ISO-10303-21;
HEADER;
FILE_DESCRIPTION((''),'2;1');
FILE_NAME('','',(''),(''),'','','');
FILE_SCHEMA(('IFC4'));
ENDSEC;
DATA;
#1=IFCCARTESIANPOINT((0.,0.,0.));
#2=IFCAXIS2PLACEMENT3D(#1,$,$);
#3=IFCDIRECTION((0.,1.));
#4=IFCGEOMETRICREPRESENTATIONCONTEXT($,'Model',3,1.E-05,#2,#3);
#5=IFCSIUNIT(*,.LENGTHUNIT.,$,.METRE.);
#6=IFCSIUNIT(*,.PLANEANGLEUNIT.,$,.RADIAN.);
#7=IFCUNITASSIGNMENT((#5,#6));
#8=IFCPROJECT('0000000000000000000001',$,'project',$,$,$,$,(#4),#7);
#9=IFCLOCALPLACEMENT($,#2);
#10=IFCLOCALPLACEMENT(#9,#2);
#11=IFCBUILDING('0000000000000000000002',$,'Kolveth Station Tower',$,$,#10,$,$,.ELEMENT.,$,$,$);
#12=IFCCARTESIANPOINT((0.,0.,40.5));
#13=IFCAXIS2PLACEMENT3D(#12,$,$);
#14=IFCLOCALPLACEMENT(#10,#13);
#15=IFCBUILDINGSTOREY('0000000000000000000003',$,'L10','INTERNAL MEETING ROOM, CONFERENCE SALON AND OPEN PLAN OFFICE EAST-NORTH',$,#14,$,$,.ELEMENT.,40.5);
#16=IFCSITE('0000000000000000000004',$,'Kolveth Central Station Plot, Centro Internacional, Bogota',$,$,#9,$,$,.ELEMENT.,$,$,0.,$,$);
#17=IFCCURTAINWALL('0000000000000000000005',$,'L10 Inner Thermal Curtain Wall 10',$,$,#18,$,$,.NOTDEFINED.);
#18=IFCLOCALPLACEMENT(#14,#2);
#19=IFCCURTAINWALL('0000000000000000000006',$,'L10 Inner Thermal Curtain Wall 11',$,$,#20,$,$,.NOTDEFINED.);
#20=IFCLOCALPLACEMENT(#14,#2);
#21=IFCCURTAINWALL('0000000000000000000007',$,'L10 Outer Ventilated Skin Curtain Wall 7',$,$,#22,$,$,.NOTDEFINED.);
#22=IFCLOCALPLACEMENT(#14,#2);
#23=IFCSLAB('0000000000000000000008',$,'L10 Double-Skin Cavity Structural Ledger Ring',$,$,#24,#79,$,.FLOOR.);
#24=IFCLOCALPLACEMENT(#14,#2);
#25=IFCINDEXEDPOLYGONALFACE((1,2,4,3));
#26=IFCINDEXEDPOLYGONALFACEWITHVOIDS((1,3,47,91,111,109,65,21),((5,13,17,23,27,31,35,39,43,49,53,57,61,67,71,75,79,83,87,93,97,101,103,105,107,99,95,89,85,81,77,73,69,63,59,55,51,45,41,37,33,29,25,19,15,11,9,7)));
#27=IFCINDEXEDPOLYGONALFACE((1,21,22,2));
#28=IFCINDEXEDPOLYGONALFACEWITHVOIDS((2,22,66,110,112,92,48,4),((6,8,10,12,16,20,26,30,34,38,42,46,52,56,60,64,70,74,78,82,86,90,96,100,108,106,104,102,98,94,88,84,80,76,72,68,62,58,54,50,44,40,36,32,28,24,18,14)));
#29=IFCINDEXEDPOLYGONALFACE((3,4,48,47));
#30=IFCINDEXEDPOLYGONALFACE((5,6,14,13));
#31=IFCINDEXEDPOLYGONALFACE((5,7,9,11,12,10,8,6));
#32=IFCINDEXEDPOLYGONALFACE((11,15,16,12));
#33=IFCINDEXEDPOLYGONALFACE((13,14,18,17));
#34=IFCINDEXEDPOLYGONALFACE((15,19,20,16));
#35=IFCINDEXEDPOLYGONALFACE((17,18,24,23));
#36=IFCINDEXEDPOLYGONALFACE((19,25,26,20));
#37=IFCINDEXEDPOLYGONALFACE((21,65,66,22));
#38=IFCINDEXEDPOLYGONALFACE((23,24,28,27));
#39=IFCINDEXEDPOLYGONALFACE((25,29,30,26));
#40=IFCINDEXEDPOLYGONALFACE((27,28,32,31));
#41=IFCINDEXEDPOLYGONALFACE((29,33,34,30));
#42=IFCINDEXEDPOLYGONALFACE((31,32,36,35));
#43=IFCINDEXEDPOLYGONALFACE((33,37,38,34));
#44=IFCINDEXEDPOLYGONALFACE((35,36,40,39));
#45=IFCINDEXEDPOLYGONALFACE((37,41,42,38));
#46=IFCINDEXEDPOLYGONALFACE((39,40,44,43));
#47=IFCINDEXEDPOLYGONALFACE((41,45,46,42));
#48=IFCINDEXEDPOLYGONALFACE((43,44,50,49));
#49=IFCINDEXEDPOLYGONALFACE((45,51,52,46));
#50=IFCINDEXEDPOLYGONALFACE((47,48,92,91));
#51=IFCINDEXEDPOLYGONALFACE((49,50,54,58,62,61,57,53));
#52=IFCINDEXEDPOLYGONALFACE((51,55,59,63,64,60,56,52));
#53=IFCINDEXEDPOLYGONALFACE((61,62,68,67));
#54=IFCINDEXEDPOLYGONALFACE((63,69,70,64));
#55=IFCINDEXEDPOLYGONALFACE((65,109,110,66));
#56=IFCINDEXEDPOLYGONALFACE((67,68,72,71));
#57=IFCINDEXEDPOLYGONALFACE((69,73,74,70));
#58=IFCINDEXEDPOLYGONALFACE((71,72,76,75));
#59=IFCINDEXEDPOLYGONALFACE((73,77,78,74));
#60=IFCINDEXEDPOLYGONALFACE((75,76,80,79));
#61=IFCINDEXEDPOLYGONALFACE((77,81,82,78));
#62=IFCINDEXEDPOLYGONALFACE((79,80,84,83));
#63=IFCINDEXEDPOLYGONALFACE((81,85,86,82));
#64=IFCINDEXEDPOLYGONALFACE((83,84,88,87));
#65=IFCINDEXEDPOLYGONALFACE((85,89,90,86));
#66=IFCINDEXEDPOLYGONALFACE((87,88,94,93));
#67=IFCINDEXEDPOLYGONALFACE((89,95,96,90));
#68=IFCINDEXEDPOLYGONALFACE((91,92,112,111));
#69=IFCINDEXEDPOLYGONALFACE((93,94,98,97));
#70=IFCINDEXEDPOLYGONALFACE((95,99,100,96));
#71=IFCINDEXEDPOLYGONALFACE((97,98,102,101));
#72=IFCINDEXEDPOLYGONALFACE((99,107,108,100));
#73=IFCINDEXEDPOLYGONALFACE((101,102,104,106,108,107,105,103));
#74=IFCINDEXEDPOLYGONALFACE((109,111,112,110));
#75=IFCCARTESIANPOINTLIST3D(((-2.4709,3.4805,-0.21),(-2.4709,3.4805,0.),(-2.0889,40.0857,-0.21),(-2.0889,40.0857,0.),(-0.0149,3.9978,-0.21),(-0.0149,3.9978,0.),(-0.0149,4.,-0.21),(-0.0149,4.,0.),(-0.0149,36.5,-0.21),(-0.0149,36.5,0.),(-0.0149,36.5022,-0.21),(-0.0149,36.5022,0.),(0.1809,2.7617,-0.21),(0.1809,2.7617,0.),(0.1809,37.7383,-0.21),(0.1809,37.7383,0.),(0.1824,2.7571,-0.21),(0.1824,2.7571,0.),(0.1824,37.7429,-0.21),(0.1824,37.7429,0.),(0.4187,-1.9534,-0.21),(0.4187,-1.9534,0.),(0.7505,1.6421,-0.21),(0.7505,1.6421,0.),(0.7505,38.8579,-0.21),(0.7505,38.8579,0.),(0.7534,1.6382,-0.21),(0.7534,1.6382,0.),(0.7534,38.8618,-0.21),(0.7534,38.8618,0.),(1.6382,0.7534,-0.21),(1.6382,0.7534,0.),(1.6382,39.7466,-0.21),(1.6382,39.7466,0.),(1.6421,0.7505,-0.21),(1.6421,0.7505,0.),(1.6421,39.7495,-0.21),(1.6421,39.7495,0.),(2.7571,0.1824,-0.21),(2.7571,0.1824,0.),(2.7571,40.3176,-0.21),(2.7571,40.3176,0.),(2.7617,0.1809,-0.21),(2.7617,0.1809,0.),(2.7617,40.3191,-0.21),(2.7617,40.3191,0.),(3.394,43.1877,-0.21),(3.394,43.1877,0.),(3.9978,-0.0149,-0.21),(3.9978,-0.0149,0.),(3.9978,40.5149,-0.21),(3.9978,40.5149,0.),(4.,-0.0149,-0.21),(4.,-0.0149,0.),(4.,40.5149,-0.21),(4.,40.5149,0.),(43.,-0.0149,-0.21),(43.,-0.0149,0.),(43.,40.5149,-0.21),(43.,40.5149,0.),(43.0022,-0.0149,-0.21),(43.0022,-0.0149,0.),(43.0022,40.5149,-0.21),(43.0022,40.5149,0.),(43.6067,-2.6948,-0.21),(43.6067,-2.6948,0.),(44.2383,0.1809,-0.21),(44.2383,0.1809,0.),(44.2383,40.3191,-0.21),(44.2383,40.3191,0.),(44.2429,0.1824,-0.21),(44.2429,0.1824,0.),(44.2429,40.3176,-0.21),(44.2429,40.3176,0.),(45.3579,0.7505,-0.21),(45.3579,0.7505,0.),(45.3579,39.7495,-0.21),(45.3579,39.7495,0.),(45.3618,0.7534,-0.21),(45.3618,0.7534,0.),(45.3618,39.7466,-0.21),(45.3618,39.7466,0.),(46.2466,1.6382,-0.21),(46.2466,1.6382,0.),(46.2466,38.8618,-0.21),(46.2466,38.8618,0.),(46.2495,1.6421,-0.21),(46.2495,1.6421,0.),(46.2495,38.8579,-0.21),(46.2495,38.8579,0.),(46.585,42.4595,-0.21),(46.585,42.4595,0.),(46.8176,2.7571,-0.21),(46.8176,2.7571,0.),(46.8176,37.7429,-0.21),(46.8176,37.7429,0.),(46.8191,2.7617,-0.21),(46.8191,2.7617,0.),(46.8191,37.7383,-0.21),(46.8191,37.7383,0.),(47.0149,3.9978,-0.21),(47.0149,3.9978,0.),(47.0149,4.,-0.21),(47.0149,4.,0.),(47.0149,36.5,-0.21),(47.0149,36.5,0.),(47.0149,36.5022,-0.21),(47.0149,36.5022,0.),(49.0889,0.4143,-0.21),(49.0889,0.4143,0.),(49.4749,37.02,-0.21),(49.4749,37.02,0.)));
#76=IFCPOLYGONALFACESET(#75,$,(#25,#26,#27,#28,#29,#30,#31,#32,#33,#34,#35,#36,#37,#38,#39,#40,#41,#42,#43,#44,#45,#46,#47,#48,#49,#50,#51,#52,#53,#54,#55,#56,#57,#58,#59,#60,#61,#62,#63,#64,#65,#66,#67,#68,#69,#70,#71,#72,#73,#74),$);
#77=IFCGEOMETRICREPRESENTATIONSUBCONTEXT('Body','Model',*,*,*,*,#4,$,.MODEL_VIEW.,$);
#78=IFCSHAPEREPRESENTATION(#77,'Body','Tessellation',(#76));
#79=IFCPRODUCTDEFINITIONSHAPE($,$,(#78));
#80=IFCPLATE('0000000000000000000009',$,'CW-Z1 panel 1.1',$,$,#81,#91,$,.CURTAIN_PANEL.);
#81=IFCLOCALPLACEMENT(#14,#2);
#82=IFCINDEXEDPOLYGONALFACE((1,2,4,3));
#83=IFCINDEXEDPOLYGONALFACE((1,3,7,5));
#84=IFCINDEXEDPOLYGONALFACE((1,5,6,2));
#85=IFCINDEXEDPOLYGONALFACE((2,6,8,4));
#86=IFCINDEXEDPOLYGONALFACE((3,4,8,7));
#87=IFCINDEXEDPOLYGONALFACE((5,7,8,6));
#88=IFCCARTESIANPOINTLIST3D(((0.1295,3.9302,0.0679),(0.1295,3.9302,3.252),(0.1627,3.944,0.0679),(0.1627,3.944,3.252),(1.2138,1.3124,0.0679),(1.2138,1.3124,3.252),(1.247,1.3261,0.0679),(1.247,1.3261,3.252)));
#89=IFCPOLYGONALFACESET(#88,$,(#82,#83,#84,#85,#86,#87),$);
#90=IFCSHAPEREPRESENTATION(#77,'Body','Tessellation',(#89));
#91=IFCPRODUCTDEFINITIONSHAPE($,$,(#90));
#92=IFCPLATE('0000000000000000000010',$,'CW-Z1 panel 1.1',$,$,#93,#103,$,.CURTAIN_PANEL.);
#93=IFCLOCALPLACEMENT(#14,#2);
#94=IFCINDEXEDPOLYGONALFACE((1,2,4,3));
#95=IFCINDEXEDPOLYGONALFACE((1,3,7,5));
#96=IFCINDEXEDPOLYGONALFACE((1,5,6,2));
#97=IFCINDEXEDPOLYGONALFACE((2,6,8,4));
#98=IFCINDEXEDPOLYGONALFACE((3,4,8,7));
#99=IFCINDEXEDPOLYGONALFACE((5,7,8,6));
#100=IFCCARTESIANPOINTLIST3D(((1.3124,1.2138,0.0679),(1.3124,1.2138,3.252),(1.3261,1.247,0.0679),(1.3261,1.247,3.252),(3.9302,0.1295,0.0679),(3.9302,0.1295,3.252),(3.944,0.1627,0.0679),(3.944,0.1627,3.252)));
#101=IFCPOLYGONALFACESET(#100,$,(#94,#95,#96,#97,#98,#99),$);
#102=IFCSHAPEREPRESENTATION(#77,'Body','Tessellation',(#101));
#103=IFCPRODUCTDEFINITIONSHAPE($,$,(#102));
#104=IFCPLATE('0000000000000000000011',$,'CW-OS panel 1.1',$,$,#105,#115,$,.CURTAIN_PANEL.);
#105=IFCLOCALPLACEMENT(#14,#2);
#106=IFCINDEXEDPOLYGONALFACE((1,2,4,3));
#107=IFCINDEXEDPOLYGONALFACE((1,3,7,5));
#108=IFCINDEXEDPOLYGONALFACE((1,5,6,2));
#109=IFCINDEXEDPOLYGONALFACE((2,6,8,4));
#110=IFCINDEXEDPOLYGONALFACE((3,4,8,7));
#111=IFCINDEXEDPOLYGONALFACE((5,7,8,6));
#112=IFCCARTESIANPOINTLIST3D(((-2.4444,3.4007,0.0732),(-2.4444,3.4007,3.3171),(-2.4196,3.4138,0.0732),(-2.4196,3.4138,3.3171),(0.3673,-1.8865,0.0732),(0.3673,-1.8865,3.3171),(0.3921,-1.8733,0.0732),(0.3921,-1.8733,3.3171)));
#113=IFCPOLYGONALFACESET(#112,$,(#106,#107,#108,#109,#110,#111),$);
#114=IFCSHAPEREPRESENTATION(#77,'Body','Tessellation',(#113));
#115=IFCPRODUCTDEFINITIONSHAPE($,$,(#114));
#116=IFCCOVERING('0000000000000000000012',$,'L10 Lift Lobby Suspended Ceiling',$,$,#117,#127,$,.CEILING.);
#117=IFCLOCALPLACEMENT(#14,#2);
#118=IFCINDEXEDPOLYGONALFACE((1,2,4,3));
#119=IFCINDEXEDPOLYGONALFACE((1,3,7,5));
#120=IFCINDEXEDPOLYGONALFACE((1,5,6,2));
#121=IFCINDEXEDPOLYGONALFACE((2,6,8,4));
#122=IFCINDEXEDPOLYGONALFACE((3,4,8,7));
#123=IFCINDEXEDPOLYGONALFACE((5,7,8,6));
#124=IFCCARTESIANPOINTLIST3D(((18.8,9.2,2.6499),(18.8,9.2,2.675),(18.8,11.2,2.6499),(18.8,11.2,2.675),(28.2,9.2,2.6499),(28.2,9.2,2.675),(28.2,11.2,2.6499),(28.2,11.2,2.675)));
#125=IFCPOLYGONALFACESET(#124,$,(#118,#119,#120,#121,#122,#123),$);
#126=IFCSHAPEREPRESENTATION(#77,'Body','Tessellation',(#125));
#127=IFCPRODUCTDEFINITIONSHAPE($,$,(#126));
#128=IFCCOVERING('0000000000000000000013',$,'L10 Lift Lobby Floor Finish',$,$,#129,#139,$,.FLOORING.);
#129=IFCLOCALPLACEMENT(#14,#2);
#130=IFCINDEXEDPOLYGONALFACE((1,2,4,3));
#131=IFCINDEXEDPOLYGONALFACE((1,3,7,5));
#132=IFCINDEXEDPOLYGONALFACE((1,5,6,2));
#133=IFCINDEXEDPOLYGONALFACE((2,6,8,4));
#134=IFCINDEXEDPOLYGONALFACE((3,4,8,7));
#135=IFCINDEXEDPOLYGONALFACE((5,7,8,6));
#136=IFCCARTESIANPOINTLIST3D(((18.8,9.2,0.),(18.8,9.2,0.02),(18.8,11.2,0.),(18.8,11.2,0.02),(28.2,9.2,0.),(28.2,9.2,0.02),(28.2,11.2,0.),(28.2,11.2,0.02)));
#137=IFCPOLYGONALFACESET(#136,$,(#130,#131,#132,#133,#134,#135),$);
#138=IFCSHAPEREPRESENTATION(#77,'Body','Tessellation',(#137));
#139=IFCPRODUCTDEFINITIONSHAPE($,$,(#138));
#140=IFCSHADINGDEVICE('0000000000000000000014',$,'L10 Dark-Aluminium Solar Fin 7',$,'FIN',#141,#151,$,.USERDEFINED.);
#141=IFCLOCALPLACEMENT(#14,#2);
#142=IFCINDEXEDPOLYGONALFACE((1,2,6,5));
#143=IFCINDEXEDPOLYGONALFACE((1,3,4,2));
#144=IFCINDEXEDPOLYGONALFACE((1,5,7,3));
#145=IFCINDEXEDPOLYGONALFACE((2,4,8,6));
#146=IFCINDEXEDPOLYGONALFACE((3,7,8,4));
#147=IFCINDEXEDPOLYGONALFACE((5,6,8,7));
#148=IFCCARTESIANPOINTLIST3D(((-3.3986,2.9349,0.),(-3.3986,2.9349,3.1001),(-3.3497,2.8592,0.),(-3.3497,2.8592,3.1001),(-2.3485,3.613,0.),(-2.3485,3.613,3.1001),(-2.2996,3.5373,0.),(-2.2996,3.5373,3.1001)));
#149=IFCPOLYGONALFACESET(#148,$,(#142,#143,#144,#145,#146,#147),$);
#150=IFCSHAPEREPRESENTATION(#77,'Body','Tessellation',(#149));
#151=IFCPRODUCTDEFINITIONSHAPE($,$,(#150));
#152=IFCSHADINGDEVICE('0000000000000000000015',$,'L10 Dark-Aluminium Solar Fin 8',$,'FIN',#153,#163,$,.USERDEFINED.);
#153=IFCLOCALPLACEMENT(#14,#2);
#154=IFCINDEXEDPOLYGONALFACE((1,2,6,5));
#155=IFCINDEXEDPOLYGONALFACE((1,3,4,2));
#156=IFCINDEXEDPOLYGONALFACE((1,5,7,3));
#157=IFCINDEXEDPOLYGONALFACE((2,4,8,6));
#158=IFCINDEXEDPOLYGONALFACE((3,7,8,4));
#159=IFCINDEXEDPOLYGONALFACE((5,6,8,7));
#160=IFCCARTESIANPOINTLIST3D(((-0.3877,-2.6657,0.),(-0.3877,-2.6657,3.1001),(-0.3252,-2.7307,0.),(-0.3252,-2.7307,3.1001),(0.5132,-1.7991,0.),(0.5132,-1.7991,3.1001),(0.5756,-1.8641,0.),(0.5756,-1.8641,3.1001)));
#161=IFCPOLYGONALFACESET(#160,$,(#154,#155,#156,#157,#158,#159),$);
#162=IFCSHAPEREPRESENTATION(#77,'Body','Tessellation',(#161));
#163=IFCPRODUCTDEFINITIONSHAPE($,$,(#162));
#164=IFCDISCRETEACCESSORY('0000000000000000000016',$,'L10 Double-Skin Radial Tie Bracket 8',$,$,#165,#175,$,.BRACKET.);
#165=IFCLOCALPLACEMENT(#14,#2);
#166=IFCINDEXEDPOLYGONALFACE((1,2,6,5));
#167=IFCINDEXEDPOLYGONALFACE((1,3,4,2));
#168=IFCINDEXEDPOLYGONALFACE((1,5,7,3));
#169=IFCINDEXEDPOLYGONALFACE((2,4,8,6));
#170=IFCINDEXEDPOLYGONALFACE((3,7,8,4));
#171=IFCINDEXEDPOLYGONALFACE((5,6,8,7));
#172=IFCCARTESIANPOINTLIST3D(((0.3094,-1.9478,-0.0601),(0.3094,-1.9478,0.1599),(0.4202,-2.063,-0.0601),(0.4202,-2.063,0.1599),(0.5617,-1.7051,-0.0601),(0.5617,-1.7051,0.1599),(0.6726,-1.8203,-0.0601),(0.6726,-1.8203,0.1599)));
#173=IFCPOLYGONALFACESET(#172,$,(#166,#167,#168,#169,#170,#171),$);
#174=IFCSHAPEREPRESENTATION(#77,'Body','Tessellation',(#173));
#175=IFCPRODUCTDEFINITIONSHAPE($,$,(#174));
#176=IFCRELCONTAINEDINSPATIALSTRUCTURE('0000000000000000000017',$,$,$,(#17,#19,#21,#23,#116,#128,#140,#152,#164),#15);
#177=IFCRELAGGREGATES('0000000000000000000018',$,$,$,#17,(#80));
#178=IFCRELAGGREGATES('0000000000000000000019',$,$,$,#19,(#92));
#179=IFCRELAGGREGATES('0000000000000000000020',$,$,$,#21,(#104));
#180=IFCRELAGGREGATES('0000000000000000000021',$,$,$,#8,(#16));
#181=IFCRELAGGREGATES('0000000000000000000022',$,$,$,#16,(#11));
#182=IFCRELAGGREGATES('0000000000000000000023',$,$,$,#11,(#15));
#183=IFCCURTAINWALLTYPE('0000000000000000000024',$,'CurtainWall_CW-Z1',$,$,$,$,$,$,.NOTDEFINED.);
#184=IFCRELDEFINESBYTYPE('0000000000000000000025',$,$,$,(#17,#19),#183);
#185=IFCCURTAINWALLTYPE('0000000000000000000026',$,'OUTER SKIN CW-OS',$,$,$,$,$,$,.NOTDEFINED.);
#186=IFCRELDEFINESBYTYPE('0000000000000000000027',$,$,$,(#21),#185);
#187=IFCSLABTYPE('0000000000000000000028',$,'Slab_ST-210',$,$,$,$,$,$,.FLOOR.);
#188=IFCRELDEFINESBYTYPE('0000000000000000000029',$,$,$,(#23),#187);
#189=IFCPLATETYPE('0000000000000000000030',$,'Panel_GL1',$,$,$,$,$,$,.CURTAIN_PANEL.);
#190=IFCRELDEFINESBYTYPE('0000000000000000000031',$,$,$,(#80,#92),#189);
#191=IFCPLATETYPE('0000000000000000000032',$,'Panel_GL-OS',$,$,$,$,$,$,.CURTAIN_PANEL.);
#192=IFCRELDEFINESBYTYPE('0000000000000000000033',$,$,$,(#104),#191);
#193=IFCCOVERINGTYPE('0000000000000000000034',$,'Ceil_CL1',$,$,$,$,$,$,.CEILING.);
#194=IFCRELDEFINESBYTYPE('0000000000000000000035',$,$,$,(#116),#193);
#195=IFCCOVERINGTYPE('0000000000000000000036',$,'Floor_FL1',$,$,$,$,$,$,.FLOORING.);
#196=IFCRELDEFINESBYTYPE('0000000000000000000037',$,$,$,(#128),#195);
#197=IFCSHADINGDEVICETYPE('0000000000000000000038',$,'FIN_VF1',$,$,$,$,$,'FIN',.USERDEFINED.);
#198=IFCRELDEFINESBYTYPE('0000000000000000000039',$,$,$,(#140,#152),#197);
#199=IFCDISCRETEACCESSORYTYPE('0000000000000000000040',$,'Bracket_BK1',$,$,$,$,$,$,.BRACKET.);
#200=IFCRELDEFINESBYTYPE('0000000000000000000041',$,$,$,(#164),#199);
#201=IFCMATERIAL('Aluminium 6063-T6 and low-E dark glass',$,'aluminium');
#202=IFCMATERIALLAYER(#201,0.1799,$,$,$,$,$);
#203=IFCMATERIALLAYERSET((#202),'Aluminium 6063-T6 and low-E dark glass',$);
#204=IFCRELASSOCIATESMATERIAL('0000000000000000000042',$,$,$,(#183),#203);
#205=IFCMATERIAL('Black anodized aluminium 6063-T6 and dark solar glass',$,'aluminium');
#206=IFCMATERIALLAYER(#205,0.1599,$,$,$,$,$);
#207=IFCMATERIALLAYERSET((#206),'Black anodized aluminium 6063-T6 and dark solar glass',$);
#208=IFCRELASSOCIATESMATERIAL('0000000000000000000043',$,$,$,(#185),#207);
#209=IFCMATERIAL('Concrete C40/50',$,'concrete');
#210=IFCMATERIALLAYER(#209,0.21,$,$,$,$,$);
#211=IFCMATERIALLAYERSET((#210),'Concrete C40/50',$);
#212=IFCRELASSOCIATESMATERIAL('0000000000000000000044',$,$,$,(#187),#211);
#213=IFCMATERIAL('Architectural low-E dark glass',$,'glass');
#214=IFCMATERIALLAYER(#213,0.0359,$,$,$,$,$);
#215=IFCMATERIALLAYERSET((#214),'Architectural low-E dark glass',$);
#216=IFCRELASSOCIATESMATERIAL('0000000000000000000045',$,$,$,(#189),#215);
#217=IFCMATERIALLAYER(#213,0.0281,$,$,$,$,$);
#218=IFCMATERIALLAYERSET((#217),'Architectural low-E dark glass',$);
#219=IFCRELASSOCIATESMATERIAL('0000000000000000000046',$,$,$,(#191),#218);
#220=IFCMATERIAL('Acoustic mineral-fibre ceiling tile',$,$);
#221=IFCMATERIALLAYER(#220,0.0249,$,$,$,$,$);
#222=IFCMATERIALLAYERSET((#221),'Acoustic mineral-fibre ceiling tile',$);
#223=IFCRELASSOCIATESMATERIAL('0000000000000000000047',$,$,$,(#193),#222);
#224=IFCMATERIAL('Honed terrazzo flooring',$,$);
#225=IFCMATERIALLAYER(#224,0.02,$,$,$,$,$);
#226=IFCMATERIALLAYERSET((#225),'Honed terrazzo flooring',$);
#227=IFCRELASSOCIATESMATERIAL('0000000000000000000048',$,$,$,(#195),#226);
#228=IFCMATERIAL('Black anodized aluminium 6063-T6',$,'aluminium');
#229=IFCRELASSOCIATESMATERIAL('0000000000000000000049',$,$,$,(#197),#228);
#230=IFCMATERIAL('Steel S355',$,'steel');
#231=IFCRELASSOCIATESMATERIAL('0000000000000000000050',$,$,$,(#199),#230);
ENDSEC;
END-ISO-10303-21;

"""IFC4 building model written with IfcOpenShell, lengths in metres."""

from ifc_helpers import new_model, si_unit, direction, frame, origin, origin_2d, place, context, subcontext, project, spatial, polyline, rectangle, outline, extrude, source, transform, mapped, material, layer, layer_set, type_object, element, aggregate, save


model = new_model("IFC4")

# Units and contexts
model_context = context("Model", 3, precision=1e-05, world=origin(), true_north=direction((0.0, 1.0)))
body_context = subcontext(model_context, "Body", "Model", "MODEL_VIEW")
ifc_project = project(units=[si_unit("LENGTHUNIT", "METRE"), si_unit("PLANEANGLEUNIT", "RADIAN")], contexts=[model_context])

# Site, building, storey
site_placement = place(None, origin())
site = spatial("IfcSite", under=ifc_project, at=site_placement, Name="Kolveth Central Station Plot, Centro Internacional, Bogota", CompositionType="ELEMENT", RefElevation=0.0)
building_placement = place(site_placement, origin())
building = spatial("IfcBuilding", under=site, at=building_placement, Name="Kolveth Station Tower", CompositionType="ELEMENT")
storey_placement = place(building_placement, frame((0.0, 0.0, 40.5)))
storey = spatial("IfcBuildingStorey", under=building, at=storey_placement, Name="L10", Description="INTERNAL MEETING ROOM, CONFERENCE SALON AND OPEN PLAN OFFICE EAST-NORTH", CompositionType="ELEMENT", Elevation=40.5)

# Shared definitions
ifc_material_1 = material(Name="Steel S355", Category="steel")

# Curtain wall
ifc_material_2 = material(Name="Aluminium 6063-T6 and low-E dark glass", Category="aluminium")
ifc_layer_1 = layer(ifc_material_2, 0.1799)
ifc_layer_set_1 = layer_set([ifc_layer_1], Name="Aluminium 6063-T6 and low-E dark glass")
curtain_wall_type_1 = type_object("IfcCurtainWallType", Name="CurtainWall_CW-Z1", PredefinedType="NOTDEFINED", material=ifc_layer_set_1)
curtain_wall_1_placement = place(storey_placement, origin())
curtain_wall_1 = element("IfcCurtainWall", 1, at=curtain_wall_1_placement, inside=storey, type_object=curtain_wall_type_1, Name="L10 Inner Thermal Curtain Wall 10", PredefinedType="NOTDEFINED")
ifc_material_3 = material(Name="Black anodized aluminium 6063-T6", Category="aluminium")

# Curtain wall
curtain_wall_2_placement = place(storey_placement, origin())
curtain_wall_2 = element("IfcCurtainWall", 2, at=curtain_wall_2_placement, inside=storey, type_object=curtain_wall_type_1, Name="L10 Inner Thermal Curtain Wall 11", PredefinedType="NOTDEFINED")

# Curtain wall
ifc_material_4 = material(Name="Black anodized aluminium 6063-T6 and dark solar glass", Category="aluminium")
ifc_layer_2 = layer(ifc_material_4, 0.1599)
ifc_layer_set_2 = layer_set([ifc_layer_2], Name="Black anodized aluminium 6063-T6 and dark solar glass")
curtain_wall_type_2 = type_object("IfcCurtainWallType", Name="OUTER SKIN CW-OS", PredefinedType="NOTDEFINED", material=ifc_layer_set_2)
curtain_wall_3_placement = place(storey_placement, origin())
curtain_wall_3 = element("IfcCurtainWall", 3, at=curtain_wall_3_placement, inside=storey, type_object=curtain_wall_type_2, Name="L10 Outer Ventilated Skin Curtain Wall 7", PredefinedType="NOTDEFINED")

# Shared definitions
ifc_material_5 = material(Name="Concrete C40/50", Category="concrete")

# Slab
ifc_layer_3 = layer(ifc_material_5, 0.21)
ifc_layer_set_3 = layer_set([ifc_layer_3], Name="Concrete C40/50")
slab_type_1 = type_object("IfcSlabType", Name="Slab_ST-210", PredefinedType="FLOOR", material=ifc_layer_set_3)
slab_1_placement = place(storey_placement, frame((0.0, 0.0, -0.21)))
element("IfcSlab", 4, at=slab_1_placement, inside=storey, type_object=slab_type_1, Name="L10 Double-Skin Cavity Structural Ledger Ring", PredefinedType="FLOOR", context=body_context, shape_type="SweptSolid", body=[
    extrude(outline(polyline([(0.4187, -1.9534), (-2.4709, 3.4805), (-2.0889, 40.0857), (3.394, 43.1877), (46.585, 42.4595), (49.4749, 37.02), (49.0889, 0.4143), (43.6067, -2.6948), (0.4187, -1.9534)]), holes=[polyline([(43.0022, -0.0149), (44.2383, 0.1809), (44.2429, 0.1824), (45.3579, 0.7505), (45.3618, 0.7534), (46.2466, 1.6382), (46.2495, 1.6421), (46.8176, 2.7571), (46.8191, 2.7617), (47.0149, 3.9978), (47.0149, 4.0), (47.0149, 36.5), (47.0149, 36.5022), (46.8191, 37.7383), (46.8176, 37.7429), (46.2495, 38.8579), (46.2466, 38.8618), (45.3618, 39.7466), (45.3579, 39.7495), (44.2429, 40.3176), (44.2383, 40.3191), (43.0022, 40.5149), (43.0, 40.5149), (4.0, 40.5149), (3.9978, 40.5149), (2.7617, 40.3191), (2.7571, 40.3176), (1.6421, 39.7495), (1.6382, 39.7466), (0.7534, 38.8618), (0.7505, 38.8579), (0.1824, 37.7429), (0.1809, 37.7383), (-0.0149, 36.5022), (-0.0149, 36.5), (-0.0149, 4.0), (-0.0149, 3.9978), (0.1809, 2.7617), (0.1824, 2.7571), (0.7505, 1.6421), (0.7534, 1.6382), (1.6382, 0.7534), (1.6421, 0.7505), (2.7571, 0.1824), (2.7617, 0.1809), (3.9978, -0.0149), (4.0, -0.0149), (43.0, -0.0149), (43.0022, -0.0149)])]), origin(), (0.0, 0.0, 1.0), 0.21),
])

# Plates
ifc_material_6 = material(Name="Architectural low-E dark glass", Category="glass")
ifc_layer_4 = layer(ifc_material_6, 0.0359)
ifc_layer_set_4 = layer_set([ifc_layer_4], Name="Architectural low-E dark glass")
plate_type_1 = type_object("IfcPlateType", Name="Panel_GL1", PredefinedType="CURTAIN_PANEL", material=ifc_layer_set_4)
shared_shape_1 = source(origin(), body_context, "Body", "SweptSolid", [
    extrude(rectangle(XDim=2.8335, YDim=0.0359, at=origin_2d()), origin(), (0.0, 0.0, 1.0), 3.1841),
])
plate_1_placement = place(storey_placement, frame((0.6882, 2.6282, 0.0679), z_axis=(0.0, 0.0, 1.0), x_axis=(0.382673, -0.923884, 0.0)))
plate_1 = element("IfcPlate", 5, at=plate_1_placement, type_object=plate_type_1, Name="CW-Z1 panel 1.1", PredefinedType="CURTAIN_PANEL", context=body_context, shape_type="MappedRepresentation", body=[
    mapped(shared_shape_1, transform((0.0, 0.0, 0.0), x_axis=(1.0, 0.0, 0.0), y_axis=(0.0, 1.0, 0.0), z_axis=(0.0, 0.0, 1.0), scale=1.0)),
])
aggregate(curtain_wall_1, [plate_1])
plate_2_placement = place(storey_placement, frame((2.6282, 0.6882, 0.0679), z_axis=(0.0, 0.0, 1.0), x_axis=(0.923884, -0.382673, 0.0)))
plate_2 = element("IfcPlate", 6, at=plate_2_placement, type_object=plate_type_1, Name="CW-Z1 panel 1.1", PredefinedType="CURTAIN_PANEL", context=body_context, shape_type="MappedRepresentation", body=[
    mapped(shared_shape_1, transform((0.0, 0.0, 0.0), x_axis=(1.0, 0.0, 0.0), y_axis=(0.0, 1.0, 0.0), z_axis=(0.0, 0.0, 1.0), scale=1.0)),
])
aggregate(curtain_wall_2, [plate_2])
ifc_layer_5 = layer(ifc_material_6, 0.0281)
ifc_layer_set_5 = layer_set([ifc_layer_5], Name="Architectural low-E dark glass")
plate_type_2 = type_object("IfcPlateType", Name="Panel_GL-OS", PredefinedType="CURTAIN_PANEL", material=ifc_layer_set_5)
shared_shape_2 = source(origin(), body_context, "Body", "SweptSolid", [
    extrude(rectangle(XDim=5.9883, YDim=0.0281, at=origin_2d()), origin(), (0.0, 0.0, 1.0), 3.2439),
])
plate_3_placement = place(storey_placement, frame((-1.0261, 0.7637, 0.0732), z_axis=(0.0, 0.0, 1.0), x_axis=(0.469529, -0.882917, 0.0)))
plate_3 = element("IfcPlate", 7, at=plate_3_placement, type_object=plate_type_2, Name="CW-OS panel 1.1", PredefinedType="CURTAIN_PANEL", context=body_context, shape_type="MappedRepresentation", body=[
    mapped(shared_shape_2, transform((0.0, 0.0, 0.0), x_axis=(1.0, 0.0, 0.0), y_axis=(0.0, 1.0, 0.0), z_axis=(0.0, 0.0, 1.0), scale=1.0)),
])
aggregate(curtain_wall_3, [plate_3])

# Coverings
ifc_material_7 = material(Name="Acoustic mineral-fibre ceiling tile")
ifc_layer_6 = layer(ifc_material_7, 0.0249)
ifc_layer_set_6 = layer_set([ifc_layer_6], Name="Acoustic mineral-fibre ceiling tile")
covering_type_1 = type_object("IfcCoveringType", Name="Ceil_CL1", PredefinedType="CEILING", material=ifc_layer_set_6)
covering_1_placement = place(storey_placement, frame((0.0, 0.0, 2.6499)))
element("IfcCovering", 8, at=covering_1_placement, inside=storey, type_object=covering_type_1, Name="L10 Lift Lobby Suspended Ceiling", PredefinedType="CEILING", context=body_context, shape_type="SweptSolid", body=[
    extrude(outline(polyline([(18.8, 9.2), (28.2, 9.2), (28.2, 11.2), (18.8, 11.2), (18.8, 9.2)])), origin(), (0.0, 0.0, 1.0), 0.0251),
])
ifc_material_8 = material(Name="Honed terrazzo flooring")
ifc_layer_7 = layer(ifc_material_8, 0.02)
ifc_layer_set_7 = layer_set([ifc_layer_7], Name="Honed terrazzo flooring")
covering_type_2 = type_object("IfcCoveringType", Name="Floor_FL1", PredefinedType="FLOORING", material=ifc_layer_set_7)
covering_2_placement = place(storey_placement, origin())
element("IfcCovering", 9, at=covering_2_placement, inside=storey, type_object=covering_type_2, Name="L10 Lift Lobby Floor Finish", PredefinedType="FLOORING", context=body_context, shape_type="SweptSolid", body=[
    extrude(outline(polyline([(18.8, 9.2), (28.2, 9.2), (28.2, 11.2), (18.8, 11.2), (18.8, 9.2)])), origin(), (0.0, 0.0, 1.0), 0.02),
])

# Shading devices
shading_device_type = type_object("IfcShadingDeviceType", Name="FIN_VF1", ElementType="FIN", PredefinedType="USERDEFINED", material=ifc_material_3)
shared_shape_3 = source(origin(), body_context, "Body", "SweptSolid", [
    extrude(rectangle(XDim=1.25, YDim=0.0901, at=origin_2d()), origin(), (0.0, 0.0, 1.0), 3.1001),
])
for number, where, z_axis, x_axis, name in (
    (10, (-2.8491, 3.2361, 0.0), (0.0, 0.0, 1.0), (-0.840094, -0.542442, 0.0), "L10 Dark-Aluminium Solar Fin 7"),
    (11, (0.094, -2.2649, 0.0), (0.0, 0.0, 1.0), (-0.720672, -0.693276, 0.0), "L10 Dark-Aluminium Solar Fin 8"),
):
    element("IfcShadingDevice", number, at=place(storey_placement, frame(where, z_axis=z_axis, x_axis=x_axis)), inside=storey, type_object=shading_device_type, Name=name, ObjectType="FIN", PredefinedType="USERDEFINED", context=body_context, shape_type="MappedRepresentation", body=[
        mapped(shared_shape_3, transform((0.0, 0.0, 0.0), x_axis=(1.0, 0.0, 0.0), y_axis=(0.0, 1.0, 0.0), z_axis=(0.0, 0.0, 1.0), scale=1.0)),
    ])

# Discrete accessory
discrete_accessory_type = type_object("IfcDiscreteAccessoryType", Name="Bracket_BK1", PredefinedType="BRACKET", material=ifc_material_1)
shared_shape_4 = source(origin(), body_context, "Body", "SweptSolid", [
    extrude(rectangle(XDim=0.3501, YDim=0.1599, at=origin_2d()), origin(), (0.0, 0.0, 1.0), 0.22),
])
discrete_accessory_placement = place(storey_placement, frame((0.491, -1.884, -0.0601), z_axis=(0.0, 0.0, 1.0), x_axis=(-0.720672, -0.693276, 0.0)))
element("IfcDiscreteAccessory", 12, at=discrete_accessory_placement, inside=storey, type_object=discrete_accessory_type, Name="L10 Double-Skin Radial Tie Bracket 8", PredefinedType="BRACKET", context=body_context, shape_type="MappedRepresentation", body=[
    mapped(shared_shape_4, transform((0.0, 0.0, 0.0), x_axis=(1.0, 0.0, 0.0), y_axis=(0.0, 1.0, 0.0), z_axis=(0.0, 0.0, 1.0), scale=1.0)),
])

save(model, "model.ifc")
